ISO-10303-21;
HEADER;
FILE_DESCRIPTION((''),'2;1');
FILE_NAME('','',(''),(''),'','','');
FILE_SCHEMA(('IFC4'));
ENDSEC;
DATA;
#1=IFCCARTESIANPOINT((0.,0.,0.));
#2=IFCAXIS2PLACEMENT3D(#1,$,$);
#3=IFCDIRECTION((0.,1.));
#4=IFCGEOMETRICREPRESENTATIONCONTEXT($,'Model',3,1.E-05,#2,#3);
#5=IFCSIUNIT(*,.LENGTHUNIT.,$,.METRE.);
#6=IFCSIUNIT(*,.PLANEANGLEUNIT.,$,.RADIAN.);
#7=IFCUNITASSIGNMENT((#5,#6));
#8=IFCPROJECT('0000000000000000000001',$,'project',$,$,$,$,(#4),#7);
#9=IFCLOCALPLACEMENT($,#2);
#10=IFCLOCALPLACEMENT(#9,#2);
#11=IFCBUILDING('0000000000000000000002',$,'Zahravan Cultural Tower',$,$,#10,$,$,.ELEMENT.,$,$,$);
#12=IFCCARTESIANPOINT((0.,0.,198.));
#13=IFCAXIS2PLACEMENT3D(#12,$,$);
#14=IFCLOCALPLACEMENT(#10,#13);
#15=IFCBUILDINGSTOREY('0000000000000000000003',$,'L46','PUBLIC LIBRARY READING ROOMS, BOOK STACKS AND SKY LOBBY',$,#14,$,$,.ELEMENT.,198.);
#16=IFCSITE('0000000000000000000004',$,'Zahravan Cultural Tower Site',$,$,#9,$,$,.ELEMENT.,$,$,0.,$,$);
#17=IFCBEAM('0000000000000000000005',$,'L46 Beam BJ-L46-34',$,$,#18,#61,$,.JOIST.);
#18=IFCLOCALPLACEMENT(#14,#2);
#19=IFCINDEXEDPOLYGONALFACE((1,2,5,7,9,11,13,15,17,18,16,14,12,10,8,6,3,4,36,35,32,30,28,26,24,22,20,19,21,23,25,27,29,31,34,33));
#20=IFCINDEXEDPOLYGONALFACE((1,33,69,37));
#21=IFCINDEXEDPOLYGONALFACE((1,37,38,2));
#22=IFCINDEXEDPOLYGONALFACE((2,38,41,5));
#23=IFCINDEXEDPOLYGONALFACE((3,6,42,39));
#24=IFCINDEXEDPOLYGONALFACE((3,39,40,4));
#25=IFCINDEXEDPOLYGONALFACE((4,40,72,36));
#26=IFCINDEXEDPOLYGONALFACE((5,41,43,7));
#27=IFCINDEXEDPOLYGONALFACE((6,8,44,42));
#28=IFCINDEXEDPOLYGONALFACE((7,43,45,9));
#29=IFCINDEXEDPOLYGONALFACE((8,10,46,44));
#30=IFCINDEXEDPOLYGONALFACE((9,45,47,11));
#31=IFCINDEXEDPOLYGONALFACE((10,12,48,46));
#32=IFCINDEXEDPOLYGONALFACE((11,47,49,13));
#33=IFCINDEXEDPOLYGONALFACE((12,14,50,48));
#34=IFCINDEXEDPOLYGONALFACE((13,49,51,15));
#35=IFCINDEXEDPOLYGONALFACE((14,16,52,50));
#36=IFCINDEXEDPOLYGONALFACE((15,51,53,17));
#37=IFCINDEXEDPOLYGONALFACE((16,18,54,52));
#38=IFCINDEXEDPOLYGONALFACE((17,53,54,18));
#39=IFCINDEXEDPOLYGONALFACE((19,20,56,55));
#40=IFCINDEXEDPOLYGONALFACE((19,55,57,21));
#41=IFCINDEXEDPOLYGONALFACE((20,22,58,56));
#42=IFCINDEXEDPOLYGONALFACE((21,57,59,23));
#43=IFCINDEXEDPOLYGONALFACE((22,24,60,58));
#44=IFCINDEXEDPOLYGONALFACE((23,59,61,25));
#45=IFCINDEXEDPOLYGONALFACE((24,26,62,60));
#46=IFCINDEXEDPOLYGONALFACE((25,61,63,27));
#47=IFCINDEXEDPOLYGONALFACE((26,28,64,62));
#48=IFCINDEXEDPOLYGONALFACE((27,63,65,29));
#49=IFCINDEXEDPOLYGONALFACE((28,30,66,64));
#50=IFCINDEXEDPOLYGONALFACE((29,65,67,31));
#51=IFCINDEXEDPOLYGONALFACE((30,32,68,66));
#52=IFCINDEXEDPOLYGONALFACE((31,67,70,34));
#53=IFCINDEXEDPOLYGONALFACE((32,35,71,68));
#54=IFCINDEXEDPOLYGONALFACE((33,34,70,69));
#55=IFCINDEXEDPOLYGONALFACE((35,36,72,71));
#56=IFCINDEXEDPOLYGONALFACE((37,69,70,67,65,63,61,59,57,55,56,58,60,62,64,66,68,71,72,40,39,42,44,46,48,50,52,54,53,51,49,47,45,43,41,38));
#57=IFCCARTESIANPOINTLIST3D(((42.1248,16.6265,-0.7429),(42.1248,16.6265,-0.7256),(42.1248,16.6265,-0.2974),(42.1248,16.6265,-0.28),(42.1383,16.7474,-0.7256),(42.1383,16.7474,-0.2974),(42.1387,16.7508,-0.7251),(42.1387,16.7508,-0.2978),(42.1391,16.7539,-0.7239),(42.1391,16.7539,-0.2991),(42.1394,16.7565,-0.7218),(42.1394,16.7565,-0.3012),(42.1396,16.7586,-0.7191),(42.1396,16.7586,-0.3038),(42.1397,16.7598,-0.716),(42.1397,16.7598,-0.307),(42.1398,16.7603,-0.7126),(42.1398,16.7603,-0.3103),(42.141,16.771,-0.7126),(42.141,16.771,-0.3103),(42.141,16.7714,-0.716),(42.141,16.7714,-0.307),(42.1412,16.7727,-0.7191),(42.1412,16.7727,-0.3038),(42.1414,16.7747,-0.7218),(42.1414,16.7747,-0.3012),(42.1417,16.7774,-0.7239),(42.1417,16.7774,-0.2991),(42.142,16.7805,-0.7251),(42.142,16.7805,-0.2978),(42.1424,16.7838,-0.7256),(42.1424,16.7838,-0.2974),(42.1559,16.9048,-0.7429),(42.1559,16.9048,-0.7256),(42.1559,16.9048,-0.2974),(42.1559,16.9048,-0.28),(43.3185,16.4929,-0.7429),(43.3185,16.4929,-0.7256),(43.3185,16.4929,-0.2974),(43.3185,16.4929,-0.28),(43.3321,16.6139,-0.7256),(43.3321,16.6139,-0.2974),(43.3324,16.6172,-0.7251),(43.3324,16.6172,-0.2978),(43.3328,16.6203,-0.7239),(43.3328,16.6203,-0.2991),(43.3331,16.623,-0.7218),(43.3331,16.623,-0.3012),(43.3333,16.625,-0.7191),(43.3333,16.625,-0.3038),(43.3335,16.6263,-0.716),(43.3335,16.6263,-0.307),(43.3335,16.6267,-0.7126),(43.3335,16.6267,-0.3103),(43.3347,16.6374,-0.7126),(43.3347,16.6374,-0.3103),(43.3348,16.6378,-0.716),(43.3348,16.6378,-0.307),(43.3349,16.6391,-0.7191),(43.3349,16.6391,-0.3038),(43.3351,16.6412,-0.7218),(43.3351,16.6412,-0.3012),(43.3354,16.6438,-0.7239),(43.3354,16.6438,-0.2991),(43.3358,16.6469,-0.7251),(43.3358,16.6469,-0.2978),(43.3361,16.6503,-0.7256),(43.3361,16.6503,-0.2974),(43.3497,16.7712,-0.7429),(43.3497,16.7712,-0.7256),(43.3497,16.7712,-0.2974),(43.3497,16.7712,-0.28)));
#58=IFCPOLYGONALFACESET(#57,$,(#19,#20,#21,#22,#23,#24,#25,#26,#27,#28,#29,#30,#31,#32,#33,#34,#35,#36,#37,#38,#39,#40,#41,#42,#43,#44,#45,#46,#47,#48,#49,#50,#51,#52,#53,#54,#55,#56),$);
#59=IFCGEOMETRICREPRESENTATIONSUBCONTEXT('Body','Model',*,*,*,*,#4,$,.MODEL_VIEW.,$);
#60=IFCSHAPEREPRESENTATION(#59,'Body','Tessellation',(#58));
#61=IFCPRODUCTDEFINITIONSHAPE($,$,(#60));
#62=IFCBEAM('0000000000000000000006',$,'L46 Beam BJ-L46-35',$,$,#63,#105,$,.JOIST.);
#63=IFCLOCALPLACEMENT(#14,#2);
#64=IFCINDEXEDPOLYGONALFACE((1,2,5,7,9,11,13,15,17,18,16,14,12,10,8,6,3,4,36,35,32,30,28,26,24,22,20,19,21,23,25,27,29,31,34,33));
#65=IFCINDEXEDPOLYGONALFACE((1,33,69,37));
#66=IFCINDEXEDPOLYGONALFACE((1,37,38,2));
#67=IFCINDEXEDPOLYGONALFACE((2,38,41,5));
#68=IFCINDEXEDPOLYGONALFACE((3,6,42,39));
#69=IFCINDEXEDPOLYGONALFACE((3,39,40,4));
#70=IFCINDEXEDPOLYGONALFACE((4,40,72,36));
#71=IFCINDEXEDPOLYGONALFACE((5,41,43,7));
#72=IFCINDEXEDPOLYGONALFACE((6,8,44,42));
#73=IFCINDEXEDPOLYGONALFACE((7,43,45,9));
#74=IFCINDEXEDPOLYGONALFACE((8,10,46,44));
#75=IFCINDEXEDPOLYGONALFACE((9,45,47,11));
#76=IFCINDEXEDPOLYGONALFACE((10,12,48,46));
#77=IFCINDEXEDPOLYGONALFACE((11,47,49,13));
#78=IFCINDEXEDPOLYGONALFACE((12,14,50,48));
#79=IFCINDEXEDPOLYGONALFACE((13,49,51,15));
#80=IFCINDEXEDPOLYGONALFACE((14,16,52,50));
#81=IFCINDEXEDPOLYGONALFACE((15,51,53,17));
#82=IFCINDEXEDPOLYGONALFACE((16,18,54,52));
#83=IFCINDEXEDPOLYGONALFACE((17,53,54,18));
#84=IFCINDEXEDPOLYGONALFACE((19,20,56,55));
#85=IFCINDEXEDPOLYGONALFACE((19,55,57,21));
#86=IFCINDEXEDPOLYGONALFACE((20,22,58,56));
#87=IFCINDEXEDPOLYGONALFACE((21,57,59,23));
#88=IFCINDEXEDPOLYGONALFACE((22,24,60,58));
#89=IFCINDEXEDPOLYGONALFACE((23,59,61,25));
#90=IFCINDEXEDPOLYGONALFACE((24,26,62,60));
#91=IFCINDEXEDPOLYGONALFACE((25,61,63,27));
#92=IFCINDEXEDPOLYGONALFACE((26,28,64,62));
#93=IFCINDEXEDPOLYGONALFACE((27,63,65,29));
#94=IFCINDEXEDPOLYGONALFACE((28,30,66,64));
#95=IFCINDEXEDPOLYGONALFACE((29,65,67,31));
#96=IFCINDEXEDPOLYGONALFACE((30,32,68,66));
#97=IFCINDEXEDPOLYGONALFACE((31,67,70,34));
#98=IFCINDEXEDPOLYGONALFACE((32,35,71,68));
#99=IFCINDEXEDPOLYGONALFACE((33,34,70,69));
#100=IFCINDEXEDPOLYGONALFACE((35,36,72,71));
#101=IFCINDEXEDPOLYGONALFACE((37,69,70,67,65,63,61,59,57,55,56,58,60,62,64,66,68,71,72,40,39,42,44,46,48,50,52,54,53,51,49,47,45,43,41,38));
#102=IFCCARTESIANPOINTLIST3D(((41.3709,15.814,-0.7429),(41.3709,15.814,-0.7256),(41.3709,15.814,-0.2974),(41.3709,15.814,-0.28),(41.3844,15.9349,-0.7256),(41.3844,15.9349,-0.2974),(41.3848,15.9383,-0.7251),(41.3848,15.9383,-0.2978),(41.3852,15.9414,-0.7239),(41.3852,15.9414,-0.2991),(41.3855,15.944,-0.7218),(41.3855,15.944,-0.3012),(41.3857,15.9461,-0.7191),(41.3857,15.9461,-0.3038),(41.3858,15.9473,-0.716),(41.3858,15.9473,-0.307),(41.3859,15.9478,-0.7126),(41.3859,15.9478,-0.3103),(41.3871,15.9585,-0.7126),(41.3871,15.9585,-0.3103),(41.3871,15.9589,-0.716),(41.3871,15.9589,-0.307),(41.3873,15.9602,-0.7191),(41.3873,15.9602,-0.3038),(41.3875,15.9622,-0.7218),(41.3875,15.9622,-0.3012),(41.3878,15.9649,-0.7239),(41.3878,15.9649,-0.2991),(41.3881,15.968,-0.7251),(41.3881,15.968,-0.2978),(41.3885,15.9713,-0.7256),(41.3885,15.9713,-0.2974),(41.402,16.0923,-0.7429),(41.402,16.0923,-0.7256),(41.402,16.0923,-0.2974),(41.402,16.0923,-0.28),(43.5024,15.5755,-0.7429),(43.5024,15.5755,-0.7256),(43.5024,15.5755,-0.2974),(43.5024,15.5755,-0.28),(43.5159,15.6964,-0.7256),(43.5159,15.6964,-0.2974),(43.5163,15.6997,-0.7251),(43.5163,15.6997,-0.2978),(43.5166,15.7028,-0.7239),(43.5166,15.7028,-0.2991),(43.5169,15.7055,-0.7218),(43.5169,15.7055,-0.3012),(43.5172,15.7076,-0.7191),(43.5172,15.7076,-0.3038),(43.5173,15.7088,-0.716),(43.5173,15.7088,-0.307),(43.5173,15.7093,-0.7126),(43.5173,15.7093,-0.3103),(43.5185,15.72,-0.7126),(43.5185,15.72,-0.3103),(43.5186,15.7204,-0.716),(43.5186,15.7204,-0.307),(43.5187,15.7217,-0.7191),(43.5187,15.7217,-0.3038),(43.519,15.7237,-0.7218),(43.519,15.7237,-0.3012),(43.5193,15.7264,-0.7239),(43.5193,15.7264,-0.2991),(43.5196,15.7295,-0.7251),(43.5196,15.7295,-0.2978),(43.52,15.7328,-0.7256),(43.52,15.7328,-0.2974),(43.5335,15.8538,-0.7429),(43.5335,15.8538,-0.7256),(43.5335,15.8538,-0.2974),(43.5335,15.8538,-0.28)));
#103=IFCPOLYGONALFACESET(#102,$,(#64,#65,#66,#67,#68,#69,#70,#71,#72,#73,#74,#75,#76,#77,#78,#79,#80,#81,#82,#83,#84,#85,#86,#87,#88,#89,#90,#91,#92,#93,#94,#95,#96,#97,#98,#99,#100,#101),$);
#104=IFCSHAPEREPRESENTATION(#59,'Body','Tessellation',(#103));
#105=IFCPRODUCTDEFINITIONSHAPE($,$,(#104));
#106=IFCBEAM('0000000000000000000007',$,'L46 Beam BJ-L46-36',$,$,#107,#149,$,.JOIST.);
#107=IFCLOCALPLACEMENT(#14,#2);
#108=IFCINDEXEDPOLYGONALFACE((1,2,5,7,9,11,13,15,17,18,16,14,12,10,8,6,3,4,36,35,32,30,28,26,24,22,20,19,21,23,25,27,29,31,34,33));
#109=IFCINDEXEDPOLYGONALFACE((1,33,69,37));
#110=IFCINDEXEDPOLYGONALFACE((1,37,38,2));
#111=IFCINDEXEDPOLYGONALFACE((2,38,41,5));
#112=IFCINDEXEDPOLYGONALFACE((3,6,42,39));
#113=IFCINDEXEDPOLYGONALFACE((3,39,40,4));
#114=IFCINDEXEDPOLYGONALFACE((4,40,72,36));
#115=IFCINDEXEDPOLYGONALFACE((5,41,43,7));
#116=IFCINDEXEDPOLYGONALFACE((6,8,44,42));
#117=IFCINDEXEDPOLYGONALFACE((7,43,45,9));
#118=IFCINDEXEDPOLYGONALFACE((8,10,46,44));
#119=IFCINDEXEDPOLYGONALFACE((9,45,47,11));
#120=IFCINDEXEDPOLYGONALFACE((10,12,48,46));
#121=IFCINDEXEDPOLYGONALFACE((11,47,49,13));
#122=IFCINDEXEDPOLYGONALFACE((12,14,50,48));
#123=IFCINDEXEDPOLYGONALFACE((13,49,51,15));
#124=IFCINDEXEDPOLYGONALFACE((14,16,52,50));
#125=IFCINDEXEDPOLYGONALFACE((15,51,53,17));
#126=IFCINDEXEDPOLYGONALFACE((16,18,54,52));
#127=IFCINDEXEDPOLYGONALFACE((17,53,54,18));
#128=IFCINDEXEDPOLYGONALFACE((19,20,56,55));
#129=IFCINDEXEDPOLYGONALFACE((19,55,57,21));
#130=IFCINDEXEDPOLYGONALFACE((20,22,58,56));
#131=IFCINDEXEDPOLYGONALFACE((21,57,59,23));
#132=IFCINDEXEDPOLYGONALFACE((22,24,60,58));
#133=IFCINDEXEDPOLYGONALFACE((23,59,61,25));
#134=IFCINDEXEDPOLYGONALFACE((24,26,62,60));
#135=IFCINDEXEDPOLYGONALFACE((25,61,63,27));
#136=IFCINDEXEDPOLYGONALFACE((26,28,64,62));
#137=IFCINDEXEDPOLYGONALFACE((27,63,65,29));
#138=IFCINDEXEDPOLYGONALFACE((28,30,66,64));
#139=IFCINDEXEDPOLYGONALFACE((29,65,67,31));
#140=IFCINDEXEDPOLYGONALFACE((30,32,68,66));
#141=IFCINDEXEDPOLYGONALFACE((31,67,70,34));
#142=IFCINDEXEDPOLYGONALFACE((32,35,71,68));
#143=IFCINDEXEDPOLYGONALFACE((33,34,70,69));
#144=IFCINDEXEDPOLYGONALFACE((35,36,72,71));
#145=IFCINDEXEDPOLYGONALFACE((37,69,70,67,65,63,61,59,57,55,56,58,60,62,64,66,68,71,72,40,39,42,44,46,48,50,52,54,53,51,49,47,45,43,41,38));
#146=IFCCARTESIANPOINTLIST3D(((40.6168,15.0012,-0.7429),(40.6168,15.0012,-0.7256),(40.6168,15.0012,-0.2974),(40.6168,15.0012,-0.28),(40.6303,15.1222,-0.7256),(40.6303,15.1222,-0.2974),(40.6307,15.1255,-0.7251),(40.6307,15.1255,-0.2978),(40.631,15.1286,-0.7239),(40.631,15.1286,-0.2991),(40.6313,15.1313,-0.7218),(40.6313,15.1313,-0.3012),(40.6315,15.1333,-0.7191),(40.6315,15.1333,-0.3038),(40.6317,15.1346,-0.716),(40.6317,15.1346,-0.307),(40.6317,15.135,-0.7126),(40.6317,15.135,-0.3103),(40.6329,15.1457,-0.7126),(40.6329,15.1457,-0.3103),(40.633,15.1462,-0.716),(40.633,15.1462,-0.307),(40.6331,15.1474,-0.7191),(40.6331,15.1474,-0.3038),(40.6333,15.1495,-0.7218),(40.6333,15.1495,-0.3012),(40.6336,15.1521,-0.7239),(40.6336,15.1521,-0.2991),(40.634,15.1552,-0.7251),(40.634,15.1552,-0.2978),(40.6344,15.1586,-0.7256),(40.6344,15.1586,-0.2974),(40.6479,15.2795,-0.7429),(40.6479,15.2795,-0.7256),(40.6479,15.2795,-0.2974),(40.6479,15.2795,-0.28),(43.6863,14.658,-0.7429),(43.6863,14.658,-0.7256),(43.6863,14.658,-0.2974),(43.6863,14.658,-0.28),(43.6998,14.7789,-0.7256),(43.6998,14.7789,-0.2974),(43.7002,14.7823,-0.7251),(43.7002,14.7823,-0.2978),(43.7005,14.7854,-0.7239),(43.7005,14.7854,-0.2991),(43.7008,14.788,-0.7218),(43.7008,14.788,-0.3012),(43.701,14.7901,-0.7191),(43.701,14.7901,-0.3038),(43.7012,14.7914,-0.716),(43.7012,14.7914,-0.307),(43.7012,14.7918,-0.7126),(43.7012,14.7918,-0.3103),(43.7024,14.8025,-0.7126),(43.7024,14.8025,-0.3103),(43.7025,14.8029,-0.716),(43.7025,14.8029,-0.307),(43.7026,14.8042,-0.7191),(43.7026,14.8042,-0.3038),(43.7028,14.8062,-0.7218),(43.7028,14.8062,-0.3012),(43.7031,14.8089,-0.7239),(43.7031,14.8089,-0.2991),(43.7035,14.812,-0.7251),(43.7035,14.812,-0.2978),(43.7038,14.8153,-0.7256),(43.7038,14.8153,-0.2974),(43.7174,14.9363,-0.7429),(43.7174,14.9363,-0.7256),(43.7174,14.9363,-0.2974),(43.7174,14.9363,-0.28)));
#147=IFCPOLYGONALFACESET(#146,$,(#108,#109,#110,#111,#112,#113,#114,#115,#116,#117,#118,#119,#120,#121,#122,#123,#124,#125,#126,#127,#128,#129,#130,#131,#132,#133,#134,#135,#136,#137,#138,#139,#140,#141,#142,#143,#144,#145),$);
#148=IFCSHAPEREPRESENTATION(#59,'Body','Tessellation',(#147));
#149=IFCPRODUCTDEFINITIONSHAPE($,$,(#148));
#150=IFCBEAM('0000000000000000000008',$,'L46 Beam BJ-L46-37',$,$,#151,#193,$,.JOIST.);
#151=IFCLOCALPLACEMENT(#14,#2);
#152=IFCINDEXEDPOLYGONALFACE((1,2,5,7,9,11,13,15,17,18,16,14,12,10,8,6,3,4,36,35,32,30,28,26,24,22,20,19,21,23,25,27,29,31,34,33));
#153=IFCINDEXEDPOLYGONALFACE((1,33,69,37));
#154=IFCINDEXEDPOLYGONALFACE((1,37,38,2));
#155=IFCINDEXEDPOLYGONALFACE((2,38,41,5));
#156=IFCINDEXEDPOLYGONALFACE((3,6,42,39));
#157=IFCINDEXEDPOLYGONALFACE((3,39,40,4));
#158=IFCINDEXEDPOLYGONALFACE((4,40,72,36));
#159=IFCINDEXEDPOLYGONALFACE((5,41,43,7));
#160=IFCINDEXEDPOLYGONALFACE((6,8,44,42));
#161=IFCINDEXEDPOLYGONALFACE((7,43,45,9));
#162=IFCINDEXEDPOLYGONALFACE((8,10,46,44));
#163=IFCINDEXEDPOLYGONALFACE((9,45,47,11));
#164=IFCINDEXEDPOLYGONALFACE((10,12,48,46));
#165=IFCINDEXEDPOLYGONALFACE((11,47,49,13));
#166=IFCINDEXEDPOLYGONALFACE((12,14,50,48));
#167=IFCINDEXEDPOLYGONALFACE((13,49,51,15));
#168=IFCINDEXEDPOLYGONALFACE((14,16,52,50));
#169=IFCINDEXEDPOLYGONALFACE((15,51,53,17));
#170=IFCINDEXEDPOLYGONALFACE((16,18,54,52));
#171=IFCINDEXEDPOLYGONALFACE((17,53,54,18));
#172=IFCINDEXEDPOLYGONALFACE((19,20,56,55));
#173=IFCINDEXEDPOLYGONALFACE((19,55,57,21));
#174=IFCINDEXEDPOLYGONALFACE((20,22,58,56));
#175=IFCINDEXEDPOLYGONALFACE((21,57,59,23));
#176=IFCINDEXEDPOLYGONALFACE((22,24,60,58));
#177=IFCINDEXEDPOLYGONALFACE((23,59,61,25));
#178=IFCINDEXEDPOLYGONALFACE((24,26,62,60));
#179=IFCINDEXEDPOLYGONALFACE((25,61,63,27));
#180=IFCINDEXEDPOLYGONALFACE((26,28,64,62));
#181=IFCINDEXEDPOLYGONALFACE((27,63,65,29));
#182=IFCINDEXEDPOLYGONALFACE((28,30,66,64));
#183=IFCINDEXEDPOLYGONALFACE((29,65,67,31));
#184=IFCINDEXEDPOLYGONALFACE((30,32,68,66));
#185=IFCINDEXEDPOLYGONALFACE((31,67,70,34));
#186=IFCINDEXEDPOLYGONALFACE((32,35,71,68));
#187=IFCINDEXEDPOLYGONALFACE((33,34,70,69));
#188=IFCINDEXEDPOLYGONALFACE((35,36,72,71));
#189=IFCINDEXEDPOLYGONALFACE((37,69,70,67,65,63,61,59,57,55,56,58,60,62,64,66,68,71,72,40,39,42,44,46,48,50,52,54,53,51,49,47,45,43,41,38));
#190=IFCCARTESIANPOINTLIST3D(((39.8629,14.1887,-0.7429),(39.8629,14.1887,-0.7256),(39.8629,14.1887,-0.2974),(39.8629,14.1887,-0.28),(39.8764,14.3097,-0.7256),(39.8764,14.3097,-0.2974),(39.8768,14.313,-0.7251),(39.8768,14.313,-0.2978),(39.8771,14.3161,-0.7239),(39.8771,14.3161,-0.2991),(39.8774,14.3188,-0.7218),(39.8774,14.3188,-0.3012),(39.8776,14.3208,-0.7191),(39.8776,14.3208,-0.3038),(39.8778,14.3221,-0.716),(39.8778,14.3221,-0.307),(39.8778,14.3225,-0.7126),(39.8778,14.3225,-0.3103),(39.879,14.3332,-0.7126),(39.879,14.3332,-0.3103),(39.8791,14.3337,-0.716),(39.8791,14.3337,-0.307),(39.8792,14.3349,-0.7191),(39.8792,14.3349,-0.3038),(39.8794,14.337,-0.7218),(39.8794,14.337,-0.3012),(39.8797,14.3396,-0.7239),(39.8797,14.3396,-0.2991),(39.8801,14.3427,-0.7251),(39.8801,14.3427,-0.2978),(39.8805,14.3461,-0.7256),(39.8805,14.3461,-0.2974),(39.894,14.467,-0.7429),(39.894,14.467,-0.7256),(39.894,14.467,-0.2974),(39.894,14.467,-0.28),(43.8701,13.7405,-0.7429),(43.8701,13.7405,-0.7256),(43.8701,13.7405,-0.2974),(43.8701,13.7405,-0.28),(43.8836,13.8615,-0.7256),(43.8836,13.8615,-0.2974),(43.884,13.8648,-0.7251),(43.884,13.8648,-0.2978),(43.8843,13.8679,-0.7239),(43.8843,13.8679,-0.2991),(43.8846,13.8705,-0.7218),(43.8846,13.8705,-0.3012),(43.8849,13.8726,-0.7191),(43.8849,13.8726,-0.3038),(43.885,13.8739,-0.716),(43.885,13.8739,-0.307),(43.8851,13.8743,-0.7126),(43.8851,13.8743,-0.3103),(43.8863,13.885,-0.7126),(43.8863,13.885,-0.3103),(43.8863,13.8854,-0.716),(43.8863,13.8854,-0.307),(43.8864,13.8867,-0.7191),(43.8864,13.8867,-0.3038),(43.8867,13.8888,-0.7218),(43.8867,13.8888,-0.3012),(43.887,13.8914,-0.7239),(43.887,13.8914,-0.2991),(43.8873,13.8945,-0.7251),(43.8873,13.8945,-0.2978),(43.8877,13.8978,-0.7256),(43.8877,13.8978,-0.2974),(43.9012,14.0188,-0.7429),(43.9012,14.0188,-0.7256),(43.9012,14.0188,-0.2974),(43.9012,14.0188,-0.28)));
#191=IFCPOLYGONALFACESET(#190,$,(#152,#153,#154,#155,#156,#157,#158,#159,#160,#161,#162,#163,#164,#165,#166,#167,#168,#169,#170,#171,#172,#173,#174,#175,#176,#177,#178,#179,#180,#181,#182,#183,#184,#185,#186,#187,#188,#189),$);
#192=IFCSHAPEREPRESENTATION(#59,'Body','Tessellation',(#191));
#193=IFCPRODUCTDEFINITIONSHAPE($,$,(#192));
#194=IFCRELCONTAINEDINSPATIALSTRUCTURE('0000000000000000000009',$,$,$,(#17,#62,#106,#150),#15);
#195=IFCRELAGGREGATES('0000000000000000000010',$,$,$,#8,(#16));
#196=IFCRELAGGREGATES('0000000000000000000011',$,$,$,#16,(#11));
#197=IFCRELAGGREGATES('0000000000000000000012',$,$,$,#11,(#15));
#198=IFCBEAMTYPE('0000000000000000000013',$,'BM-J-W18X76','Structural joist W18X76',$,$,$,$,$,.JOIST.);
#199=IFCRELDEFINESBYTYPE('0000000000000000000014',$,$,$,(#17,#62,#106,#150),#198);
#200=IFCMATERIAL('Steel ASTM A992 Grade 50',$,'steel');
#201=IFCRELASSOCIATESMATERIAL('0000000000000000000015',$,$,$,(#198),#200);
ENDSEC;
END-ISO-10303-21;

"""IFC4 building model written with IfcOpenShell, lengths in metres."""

from ifc_helpers import new_model, si_unit, direction, frame, origin, origin_2d, place, context, subcontext, project, spatial, i_section, extrude, source, transform, mapped, material, material_profile, profile_set, type_object, element, save


model = new_model("IFC4")

# Units and contexts
model_context = context("Model", 3, precision=1e-05, world=origin(), true_north=direction((0.0, 1.0)))
body_context = subcontext(model_context, "Body", "Model", "MODEL_VIEW")
ifc_project = project(units=[si_unit("LENGTHUNIT", "METRE"), si_unit("PLANEANGLEUNIT", "RADIAN")], contexts=[model_context])

# Site, building, storey
site_placement = place(None, origin())
site = spatial("IfcSite", under=ifc_project, at=site_placement, Name="Zahravan Cultural Tower Site", CompositionType="ELEMENT", RefElevation=0.0)
building_placement = place(site_placement, origin())
building = spatial("IfcBuilding", under=site, at=building_placement, Name="Zahravan Cultural Tower", CompositionType="ELEMENT")
storey_placement = place(building_placement, frame((0.0, 0.0, 198.0)))
storey = spatial("IfcBuildingStorey", under=building, at=storey_placement, Name="L46", Description="PUBLIC LIBRARY READING ROOMS, BOOK STACKS AND SKY LOBBY", CompositionType="ELEMENT", Elevation=198.0)

# Beams
ifc_material_1 = material(Name="Steel ASTM A992 Grade 50", Category="steel")
ifc_material_profile_1 = material_profile(ifc_material_1, i_section(OverallWidth=0.28, OverallDepth=0.4629, WebThickness=0.0107, FlangeThickness=0.0173, FilletRadius=0.0129, at=origin_2d()), Name="W18X76")
ifc_profile_set_1 = profile_set([ifc_material_profile_1], Name="Steel ASTM A992 Grade 50")
beam_type_1 = type_object("IfcBeamType", Name="BM-J-W18X76", Description="Structural joist W18X76", PredefinedType="JOIST", material=ifc_profile_set_1)
shared_shape_1 = source(origin(), body_context, "Body", "SweptSolid", [
    extrude(i_section(OverallWidth=0.28, OverallDepth=0.4629, WebThickness=0.0107, FlangeThickness=0.0173, FilletRadius=0.0129, at=origin_2d()), origin(), (0.0, 0.0, 1.0), 1.2012),
])
beam_1_placement = place(storey_placement, frame((42.1404, 16.7656, -0.5115), z_axis=(0.993799, -0.11119, 0.0), x_axis=(0.11119, 0.993799, 0.0)))
element("IfcBeam", 1, at=beam_1_placement, inside=storey, type_object=beam_type_1, Name="L46 Beam BJ-L46-34", PredefinedType="JOIST", context=body_context, shape_type="MappedRepresentation", body=[
    mapped(shared_shape_1, transform((0.0, 0.0, 0.0), x_axis=(1.0, 0.0, 0.0), y_axis=(0.0, 1.0, 0.0), z_axis=(0.0, 0.0, 1.0), scale=1.0)),
])
shared_shape_2 = source(origin(), body_context, "Body", "SweptSolid", [
    extrude(i_section(OverallWidth=0.28, OverallDepth=0.4629, WebThickness=0.0107, FlangeThickness=0.0173, FilletRadius=0.0129, at=origin_2d()), origin(), (0.0, 0.0, 1.0), 2.1448),
])
beam_2_placement = place(storey_placement, frame((41.3865, 15.9531, -0.5115), z_axis=(0.993797, -0.111206, 0.0), x_axis=(0.111206, 0.993797, 0.0)))
element("IfcBeam", 2, at=beam_2_placement, inside=storey, type_object=beam_type_1, Name="L46 Beam BJ-L46-35", PredefinedType="JOIST", context=body_context, shape_type="MappedRepresentation", body=[
    mapped(shared_shape_2, transform((0.0, 0.0, 0.0), x_axis=(1.0, 0.0, 0.0), y_axis=(0.0, 1.0, 0.0), z_axis=(0.0, 0.0, 1.0), scale=1.0)),
])
shared_shape_3 = source(origin(), body_context, "Body", "SweptSolid", [
    extrude(i_section(OverallWidth=0.28, OverallDepth=0.4629, WebThickness=0.0107, FlangeThickness=0.0173, FilletRadius=0.0129, at=origin_2d()), origin(), (0.0, 0.0, 1.0), 3.0886),
])
beam_3_placement = place(storey_placement, frame((40.6323, 15.1404, -0.5115), z_axis=(0.993805, -0.111134, 0.0), x_axis=(0.111134, 0.993805, 0.0)))
element("IfcBeam", 3, at=beam_3_placement, inside=storey, type_object=beam_type_1, Name="L46 Beam BJ-L46-36", PredefinedType="JOIST", context=body_context, shape_type="MappedRepresentation", body=[
    mapped(shared_shape_3, transform((0.0, 0.0, 0.0), x_axis=(1.0, 0.0, 0.0), y_axis=(0.0, 1.0, 0.0), z_axis=(0.0, 0.0, 1.0), scale=1.0)),
])
shared_shape_4 = source(origin(), body_context, "Body", "SweptSolid", [
    extrude(i_section(OverallWidth=0.28, OverallDepth=0.4629, WebThickness=0.0107, FlangeThickness=0.0173, FilletRadius=0.0129, at=origin_2d()), origin(), (0.0, 0.0, 1.0), 4.0322),
])
beam_4_placement = place(storey_placement, frame((39.8784, 14.3279, -0.5115), z_axis=(0.993802, -0.111162, 0.0), x_axis=(0.111162, 0.993802, 0.0)))
element("IfcBeam", 4, at=beam_4_placement, inside=storey, type_object=beam_type_1, Name="L46 Beam BJ-L46-37", PredefinedType="JOIST", context=body_context, shape_type="MappedRepresentation", body=[
    mapped(shared_shape_4, transform((0.0, 0.0, 0.0), x_axis=(1.0, 0.0, 0.0), y_axis=(0.0, 1.0, 0.0), z_axis=(0.0, 0.0, 1.0), scale=1.0)),
])

save(model, "model.ifc")
